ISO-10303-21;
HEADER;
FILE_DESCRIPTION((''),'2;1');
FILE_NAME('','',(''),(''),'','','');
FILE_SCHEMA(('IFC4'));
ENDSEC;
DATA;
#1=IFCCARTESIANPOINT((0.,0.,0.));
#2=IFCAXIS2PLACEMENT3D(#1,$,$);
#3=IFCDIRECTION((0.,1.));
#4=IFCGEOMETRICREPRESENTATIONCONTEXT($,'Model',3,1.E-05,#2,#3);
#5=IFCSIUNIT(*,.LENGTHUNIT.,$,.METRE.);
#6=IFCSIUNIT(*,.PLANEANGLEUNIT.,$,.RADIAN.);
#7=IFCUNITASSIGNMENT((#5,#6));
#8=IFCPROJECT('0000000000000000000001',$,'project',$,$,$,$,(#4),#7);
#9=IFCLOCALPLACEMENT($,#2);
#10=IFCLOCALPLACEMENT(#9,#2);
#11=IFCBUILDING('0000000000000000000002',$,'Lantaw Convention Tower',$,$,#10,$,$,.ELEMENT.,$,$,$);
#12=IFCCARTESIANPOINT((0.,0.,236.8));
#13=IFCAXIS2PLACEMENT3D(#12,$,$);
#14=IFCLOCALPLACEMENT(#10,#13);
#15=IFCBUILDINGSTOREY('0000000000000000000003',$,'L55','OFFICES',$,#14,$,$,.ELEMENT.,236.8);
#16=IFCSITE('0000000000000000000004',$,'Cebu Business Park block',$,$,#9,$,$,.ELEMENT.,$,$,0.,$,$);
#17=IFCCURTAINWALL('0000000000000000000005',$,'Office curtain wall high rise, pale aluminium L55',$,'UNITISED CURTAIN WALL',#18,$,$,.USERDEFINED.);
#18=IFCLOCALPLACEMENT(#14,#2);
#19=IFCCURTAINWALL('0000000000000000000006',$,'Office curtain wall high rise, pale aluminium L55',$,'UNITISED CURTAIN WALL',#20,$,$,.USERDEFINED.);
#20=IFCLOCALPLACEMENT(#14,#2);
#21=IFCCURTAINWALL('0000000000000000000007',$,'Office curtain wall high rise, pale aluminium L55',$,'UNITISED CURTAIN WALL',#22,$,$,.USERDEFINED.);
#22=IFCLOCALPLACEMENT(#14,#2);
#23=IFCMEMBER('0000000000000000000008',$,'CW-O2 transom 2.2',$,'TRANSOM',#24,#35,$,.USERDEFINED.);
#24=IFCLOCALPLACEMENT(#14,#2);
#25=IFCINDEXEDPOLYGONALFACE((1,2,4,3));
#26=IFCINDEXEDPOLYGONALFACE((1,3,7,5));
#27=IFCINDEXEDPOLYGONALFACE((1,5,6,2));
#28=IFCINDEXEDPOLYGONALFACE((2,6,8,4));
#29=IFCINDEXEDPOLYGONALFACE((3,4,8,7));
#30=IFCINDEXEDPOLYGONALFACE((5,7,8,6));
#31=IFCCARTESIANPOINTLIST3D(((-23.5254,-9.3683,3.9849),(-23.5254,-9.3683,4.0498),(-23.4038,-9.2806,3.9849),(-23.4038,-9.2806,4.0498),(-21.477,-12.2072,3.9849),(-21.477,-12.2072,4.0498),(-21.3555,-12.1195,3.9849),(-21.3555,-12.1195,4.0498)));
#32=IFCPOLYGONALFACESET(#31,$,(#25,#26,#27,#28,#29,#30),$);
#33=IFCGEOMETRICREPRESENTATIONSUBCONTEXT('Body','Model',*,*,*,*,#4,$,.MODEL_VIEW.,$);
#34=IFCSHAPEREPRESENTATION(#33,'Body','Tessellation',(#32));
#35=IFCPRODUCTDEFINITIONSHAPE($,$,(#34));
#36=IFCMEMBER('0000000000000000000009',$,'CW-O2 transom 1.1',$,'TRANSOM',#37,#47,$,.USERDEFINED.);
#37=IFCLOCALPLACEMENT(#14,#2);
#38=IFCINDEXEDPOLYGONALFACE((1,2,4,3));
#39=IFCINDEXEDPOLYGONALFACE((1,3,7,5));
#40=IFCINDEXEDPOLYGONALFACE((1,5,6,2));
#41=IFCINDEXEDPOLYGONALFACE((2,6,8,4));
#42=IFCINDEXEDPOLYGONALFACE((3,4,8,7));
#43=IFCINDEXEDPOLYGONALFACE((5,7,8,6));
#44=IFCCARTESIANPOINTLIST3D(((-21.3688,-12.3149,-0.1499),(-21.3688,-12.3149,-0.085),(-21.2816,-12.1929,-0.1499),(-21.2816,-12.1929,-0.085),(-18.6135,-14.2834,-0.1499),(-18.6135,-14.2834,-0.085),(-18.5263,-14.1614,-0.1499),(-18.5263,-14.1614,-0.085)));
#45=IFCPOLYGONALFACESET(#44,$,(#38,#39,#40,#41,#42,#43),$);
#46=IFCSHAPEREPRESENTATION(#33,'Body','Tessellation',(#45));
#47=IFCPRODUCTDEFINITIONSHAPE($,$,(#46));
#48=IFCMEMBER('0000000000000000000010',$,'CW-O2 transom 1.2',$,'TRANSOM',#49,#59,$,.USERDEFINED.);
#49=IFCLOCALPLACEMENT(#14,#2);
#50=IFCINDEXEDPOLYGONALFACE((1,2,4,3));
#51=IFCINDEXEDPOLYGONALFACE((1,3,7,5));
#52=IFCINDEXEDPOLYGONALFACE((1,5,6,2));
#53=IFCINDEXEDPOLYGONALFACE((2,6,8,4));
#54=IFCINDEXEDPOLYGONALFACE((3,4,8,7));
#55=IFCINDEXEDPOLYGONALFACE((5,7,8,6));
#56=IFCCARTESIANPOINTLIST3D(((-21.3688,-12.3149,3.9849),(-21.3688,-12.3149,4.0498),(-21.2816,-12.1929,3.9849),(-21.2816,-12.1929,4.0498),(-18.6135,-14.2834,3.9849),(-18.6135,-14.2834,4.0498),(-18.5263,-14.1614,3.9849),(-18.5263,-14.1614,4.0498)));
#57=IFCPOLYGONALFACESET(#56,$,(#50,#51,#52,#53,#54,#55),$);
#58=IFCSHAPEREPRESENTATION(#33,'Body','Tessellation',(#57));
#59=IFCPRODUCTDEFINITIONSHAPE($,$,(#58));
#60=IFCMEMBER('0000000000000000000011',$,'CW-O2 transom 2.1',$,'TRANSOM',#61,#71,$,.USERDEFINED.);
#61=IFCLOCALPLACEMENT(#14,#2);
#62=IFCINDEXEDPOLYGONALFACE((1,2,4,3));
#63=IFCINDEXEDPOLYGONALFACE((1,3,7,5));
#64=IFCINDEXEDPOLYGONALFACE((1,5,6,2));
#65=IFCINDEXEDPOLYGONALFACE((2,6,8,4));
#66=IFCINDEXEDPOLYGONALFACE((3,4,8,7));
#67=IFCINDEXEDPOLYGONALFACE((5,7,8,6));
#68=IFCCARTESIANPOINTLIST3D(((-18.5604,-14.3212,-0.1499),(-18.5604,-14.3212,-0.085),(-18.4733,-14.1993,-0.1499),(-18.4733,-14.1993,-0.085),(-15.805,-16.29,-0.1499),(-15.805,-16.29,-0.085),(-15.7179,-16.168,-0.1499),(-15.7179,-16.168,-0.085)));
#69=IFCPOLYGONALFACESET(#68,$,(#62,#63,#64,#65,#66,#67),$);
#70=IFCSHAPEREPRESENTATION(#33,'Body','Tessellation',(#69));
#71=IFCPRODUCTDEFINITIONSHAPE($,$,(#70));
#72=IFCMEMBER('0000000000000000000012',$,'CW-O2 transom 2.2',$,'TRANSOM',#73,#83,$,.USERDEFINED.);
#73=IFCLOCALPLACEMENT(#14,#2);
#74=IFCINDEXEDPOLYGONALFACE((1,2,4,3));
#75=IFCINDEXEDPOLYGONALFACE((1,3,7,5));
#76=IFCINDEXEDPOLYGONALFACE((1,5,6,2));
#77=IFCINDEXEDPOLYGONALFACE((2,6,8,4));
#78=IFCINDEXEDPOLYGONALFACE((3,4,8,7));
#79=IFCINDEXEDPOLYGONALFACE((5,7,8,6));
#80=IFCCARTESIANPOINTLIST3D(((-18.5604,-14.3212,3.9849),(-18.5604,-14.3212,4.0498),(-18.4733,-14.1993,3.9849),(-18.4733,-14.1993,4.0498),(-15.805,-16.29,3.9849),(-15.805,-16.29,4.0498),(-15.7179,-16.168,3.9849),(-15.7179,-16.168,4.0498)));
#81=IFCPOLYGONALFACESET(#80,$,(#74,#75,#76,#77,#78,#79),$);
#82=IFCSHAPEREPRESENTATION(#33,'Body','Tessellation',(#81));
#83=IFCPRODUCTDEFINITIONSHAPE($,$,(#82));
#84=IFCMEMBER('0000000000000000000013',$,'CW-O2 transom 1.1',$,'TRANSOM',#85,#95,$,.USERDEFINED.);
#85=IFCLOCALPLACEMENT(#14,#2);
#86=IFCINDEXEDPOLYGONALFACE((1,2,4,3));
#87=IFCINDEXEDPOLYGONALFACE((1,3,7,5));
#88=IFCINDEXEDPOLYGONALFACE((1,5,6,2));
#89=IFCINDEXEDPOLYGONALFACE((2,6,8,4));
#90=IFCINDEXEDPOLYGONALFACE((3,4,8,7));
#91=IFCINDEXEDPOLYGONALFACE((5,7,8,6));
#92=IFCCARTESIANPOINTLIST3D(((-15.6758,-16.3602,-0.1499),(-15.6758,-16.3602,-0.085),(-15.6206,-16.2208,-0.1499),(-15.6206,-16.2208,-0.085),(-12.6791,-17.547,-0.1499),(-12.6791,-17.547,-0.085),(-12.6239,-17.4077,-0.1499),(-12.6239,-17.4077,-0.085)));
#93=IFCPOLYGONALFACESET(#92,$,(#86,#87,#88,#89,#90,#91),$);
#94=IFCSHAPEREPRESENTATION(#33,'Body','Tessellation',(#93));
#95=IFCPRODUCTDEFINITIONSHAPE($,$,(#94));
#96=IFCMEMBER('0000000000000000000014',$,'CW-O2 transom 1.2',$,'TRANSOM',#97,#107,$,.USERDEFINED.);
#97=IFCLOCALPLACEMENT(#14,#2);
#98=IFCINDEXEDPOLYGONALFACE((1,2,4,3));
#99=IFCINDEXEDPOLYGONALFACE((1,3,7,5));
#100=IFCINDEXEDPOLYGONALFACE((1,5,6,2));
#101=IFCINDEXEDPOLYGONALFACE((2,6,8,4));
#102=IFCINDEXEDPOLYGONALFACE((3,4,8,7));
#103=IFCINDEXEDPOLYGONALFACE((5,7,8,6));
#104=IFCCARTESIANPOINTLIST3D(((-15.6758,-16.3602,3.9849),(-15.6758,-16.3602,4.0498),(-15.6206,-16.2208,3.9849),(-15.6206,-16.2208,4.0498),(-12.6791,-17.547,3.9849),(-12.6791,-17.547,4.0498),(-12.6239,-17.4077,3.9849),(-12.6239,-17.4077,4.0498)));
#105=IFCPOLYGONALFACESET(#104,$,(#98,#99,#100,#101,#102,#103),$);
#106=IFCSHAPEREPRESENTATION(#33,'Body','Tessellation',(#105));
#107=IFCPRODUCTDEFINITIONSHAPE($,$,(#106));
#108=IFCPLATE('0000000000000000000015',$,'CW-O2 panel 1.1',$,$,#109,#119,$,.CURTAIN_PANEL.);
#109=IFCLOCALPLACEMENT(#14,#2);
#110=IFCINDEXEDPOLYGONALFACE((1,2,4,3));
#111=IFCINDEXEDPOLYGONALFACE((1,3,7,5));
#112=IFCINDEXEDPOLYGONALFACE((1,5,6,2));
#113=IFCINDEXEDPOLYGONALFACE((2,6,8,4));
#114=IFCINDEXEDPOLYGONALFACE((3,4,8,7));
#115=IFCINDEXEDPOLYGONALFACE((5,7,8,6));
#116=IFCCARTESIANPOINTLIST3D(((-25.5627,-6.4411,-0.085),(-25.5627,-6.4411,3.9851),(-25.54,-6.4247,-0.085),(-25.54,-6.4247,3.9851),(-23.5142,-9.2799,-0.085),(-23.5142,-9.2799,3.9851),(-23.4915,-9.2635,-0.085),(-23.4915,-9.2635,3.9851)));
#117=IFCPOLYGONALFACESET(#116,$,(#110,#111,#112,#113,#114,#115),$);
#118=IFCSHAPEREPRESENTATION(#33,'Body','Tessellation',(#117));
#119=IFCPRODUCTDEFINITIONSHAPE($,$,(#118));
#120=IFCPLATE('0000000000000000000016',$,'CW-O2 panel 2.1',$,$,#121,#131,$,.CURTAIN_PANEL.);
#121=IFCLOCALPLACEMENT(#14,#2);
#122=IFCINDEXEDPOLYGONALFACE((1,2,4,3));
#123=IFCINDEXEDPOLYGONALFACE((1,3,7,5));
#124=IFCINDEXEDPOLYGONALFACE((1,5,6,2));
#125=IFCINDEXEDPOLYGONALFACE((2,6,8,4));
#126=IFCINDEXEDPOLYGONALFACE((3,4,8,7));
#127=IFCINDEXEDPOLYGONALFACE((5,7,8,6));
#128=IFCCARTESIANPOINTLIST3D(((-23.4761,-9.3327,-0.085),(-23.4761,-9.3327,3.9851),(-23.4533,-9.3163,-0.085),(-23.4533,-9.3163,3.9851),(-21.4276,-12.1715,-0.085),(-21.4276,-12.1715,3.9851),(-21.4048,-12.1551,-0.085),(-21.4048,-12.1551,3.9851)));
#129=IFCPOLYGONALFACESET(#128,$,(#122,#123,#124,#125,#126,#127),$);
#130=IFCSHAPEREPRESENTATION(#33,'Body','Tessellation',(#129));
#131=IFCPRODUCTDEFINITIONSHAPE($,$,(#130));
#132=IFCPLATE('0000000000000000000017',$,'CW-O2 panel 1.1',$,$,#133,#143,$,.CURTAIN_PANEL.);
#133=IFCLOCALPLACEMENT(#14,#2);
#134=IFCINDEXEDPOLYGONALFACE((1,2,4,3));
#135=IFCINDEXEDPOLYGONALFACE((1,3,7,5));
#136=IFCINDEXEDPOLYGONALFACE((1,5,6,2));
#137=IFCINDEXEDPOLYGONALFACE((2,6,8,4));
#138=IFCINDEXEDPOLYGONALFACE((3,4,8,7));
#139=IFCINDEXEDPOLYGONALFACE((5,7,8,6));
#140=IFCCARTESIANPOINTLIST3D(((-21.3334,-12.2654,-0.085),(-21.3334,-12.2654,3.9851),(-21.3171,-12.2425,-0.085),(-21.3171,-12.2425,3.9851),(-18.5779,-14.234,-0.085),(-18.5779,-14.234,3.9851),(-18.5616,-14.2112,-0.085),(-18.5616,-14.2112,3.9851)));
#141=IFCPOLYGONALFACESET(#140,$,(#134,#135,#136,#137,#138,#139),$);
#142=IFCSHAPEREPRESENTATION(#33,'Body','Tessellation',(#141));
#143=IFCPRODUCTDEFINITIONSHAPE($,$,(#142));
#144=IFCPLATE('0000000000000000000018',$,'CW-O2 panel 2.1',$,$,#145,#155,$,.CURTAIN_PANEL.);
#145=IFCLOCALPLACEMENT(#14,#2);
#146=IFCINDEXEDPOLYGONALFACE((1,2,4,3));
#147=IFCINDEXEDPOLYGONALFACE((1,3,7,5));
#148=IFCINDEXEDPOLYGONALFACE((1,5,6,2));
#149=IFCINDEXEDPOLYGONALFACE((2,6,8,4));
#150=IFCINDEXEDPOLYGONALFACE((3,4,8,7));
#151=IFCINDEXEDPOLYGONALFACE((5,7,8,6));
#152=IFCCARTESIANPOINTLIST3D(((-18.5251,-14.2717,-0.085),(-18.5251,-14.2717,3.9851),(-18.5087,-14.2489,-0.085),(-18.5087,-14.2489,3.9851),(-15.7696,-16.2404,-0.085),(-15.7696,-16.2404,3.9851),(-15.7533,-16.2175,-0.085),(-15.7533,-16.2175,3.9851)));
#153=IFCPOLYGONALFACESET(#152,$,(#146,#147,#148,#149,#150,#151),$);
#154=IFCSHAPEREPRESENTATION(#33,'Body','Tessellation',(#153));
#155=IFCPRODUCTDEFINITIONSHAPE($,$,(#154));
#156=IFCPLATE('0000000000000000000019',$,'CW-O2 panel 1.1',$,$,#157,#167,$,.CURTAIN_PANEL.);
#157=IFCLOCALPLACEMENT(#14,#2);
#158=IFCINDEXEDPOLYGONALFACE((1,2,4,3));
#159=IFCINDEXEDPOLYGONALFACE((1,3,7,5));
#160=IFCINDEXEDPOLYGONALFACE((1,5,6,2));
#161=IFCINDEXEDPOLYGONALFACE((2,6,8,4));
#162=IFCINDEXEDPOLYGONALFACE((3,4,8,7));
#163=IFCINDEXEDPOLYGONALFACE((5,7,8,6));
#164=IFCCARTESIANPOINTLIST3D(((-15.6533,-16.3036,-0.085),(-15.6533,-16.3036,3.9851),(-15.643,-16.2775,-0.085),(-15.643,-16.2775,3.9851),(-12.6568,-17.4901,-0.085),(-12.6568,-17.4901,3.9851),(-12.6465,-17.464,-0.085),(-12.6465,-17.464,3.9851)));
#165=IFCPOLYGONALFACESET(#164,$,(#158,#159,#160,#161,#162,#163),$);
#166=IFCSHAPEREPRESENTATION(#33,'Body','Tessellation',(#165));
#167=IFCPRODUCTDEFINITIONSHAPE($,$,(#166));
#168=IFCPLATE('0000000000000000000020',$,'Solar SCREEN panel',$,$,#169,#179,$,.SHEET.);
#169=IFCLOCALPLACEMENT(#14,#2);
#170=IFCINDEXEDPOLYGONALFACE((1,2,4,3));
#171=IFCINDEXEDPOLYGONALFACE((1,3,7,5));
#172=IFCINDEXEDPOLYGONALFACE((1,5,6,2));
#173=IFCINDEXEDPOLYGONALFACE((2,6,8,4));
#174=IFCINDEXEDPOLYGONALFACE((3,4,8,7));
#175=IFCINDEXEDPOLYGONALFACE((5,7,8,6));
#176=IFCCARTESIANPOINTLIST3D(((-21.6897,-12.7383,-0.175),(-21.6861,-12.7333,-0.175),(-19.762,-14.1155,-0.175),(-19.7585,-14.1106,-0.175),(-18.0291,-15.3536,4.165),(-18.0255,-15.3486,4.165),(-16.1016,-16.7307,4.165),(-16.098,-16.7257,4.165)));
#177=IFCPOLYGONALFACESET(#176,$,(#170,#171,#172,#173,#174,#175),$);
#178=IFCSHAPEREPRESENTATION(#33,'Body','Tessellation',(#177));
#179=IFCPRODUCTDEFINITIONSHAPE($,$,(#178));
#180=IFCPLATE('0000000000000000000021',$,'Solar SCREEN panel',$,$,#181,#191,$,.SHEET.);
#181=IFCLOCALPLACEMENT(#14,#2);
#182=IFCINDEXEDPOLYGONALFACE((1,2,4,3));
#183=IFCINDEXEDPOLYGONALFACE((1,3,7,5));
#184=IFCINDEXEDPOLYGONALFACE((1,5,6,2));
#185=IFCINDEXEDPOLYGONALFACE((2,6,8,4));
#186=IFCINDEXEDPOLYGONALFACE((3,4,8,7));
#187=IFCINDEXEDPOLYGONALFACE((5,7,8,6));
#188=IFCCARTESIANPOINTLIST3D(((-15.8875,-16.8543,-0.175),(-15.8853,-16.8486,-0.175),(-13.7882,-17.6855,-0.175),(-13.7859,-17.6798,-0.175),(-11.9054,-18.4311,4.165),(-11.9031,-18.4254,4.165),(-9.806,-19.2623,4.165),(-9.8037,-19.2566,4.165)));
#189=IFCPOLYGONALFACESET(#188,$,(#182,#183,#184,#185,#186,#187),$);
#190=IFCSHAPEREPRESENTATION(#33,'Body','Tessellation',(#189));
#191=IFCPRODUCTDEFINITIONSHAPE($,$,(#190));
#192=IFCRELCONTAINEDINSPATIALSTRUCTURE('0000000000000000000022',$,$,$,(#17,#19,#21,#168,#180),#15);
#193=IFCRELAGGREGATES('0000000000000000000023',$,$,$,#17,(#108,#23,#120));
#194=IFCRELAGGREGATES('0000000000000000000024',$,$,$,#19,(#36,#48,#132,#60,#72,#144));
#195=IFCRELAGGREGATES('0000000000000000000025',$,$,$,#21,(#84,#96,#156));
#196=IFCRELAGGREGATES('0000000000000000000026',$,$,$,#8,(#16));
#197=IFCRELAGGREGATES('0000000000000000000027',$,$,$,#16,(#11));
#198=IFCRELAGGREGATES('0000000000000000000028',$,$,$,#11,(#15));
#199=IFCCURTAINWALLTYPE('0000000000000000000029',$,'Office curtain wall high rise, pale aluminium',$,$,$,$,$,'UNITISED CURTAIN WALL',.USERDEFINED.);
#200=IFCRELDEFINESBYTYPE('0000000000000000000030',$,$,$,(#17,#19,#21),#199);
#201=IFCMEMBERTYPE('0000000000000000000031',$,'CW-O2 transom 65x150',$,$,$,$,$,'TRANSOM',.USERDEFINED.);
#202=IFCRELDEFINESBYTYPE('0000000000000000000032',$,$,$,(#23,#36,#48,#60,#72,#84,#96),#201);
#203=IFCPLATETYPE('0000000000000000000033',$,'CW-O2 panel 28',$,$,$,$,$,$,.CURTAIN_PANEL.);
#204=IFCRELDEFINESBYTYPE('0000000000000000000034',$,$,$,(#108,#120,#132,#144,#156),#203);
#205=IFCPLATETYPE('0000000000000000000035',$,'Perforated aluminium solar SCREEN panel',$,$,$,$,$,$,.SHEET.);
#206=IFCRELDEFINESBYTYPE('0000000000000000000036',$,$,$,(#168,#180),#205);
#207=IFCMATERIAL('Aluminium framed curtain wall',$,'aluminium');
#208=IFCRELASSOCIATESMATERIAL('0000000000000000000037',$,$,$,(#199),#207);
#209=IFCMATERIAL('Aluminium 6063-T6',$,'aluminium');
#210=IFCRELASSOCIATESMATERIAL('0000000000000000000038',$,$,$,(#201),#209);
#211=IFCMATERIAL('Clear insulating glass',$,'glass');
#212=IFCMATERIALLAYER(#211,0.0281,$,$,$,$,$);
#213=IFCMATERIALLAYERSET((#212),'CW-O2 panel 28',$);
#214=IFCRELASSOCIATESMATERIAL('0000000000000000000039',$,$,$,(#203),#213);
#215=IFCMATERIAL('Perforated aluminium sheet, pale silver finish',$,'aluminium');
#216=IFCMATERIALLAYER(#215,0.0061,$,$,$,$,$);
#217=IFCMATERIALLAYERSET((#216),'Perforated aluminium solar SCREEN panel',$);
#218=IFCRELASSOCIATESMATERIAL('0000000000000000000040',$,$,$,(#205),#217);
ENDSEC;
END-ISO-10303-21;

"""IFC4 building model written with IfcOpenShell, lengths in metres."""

from ifc_helpers import new_model, si_unit, direction, frame, origin, origin_2d, place, context, subcontext, project, spatial, polyline, rectangle, outline, extrude, material, layer, layer_set, material_profile, profile_set, type_object, element, aggregate, save


model = new_model("IFC4")

# Units and contexts
model_context = context("Model", 3, precision=1e-05, world=origin(), true_north=direction((0.0, 1.0)))
body_context = subcontext(model_context, "Body", "Model", "MODEL_VIEW")
ifc_project = project(units=[si_unit("LENGTHUNIT", "METRE"), si_unit("PLANEANGLEUNIT", "RADIAN")], contexts=[model_context])

# Site, building, storey
site_placement = place(None, origin())
site = spatial("IfcSite", under=ifc_project, at=site_placement, Name="Cebu Business Park block", CompositionType="ELEMENT", RefElevation=0.0)
building_placement = place(site_placement, origin())
building = spatial("IfcBuilding", under=site, at=building_placement, Name="Lantaw Convention Tower", CompositionType="ELEMENT")
storey_placement = place(building_placement, frame((0.0, 0.0, 236.8)))
storey = spatial("IfcBuildingStorey", under=building, at=storey_placement, Name="L55", Description="OFFICES", CompositionType="ELEMENT", Elevation=236.8)

# Curtain walls
ifc_material_1 = material(Name="Aluminium framed curtain wall", Category="aluminium")
curtain_wall_type = type_object("IfcCurtainWallType", Name="Office curtain wall high rise, pale aluminium", ElementType="UNITISED CURTAIN WALL", PredefinedType="USERDEFINED", material=ifc_material_1)
curtain_wall_1_placement = place(storey_placement, origin())
curtain_wall_1 = element("IfcCurtainWall", 1, at=curtain_wall_1_placement, inside=storey, type_object=curtain_wall_type, Name="Office curtain wall high rise, pale aluminium L55", ObjectType="UNITISED CURTAIN WALL", PredefinedType="USERDEFINED")
ifc_material_2 = material(Name="Aluminium 6063-T6", Category="aluminium")
curtain_wall_2_placement = place(storey_placement, origin())
curtain_wall_2 = element("IfcCurtainWall", 2, at=curtain_wall_2_placement, inside=storey, type_object=curtain_wall_type, Name="Office curtain wall high rise, pale aluminium L55", ObjectType="UNITISED CURTAIN WALL", PredefinedType="USERDEFINED")

# Curtain wall
curtain_wall_3_placement = place(storey_placement, origin())
curtain_wall_3 = element("IfcCurtainWall", 3, at=curtain_wall_3_placement, inside=storey, type_object=curtain_wall_type, Name="Office curtain wall high rise, pale aluminium L55", ObjectType="UNITISED CURTAIN WALL", PredefinedType="USERDEFINED")

# Members
ifc_material_profile_1 = material_profile(ifc_material_2, rectangle(XDim=0.1499, YDim=0.0649, at=origin_2d()), Name="CW-O2 transom 65x150")
ifc_profile_set_1 = profile_set([ifc_material_profile_1], Name="Aluminium 6063-T6")
member_type_1 = type_object("IfcMemberType", Name="CW-O2 transom 65x150", ElementType="TRANSOM", PredefinedType="USERDEFINED", material=ifc_profile_set_1)
member_1_placement = place(storey_placement, frame((-23.4646, -9.3245, 4.0173), z_axis=(0.585124, -0.810944, 0.0), x_axis=(0.810944, 0.585124, 0.0)))
member_1 = element("IfcMember", 4, at=member_1_placement, type_object=member_type_1, Name="CW-O2 transom 2.2", ObjectType="TRANSOM", PredefinedType="USERDEFINED", context=body_context, shape_type="SweptSolid", body=[
    extrude(rectangle(XDim=0.1499, YDim=0.0649, at=origin_2d()), origin(), (0.0, 0.0, 1.0), 3.5007),
])
member_2_placement = place(storey_placement, frame((-21.3252, -12.2539, -0.1174), z_axis=(0.81368, -0.581313, 0.0), x_axis=(0.581313, 0.81368, 0.0)))
member_2 = element("IfcMember", 5, at=member_2_placement, type_object=member_type_1, Name="CW-O2 transom 1.1", ObjectType="TRANSOM", PredefinedType="USERDEFINED", context=body_context, shape_type="SweptSolid", body=[
    extrude(rectangle(XDim=0.1499, YDim=0.0649, at=origin_2d()), origin(), (0.0, 0.0, 1.0), 3.3862),
])
member_3_placement = place(storey_placement, frame((-21.3252, -12.2539, 4.0173), z_axis=(0.81368, -0.581313, 0.0), x_axis=(0.581313, 0.81368, 0.0)))
member_3 = element("IfcMember", 6, at=member_3_placement, type_object=member_type_1, Name="CW-O2 transom 1.2", ObjectType="TRANSOM", PredefinedType="USERDEFINED", context=body_context, shape_type="SweptSolid", body=[
    extrude(rectangle(XDim=0.1499, YDim=0.0649, at=origin_2d()), origin(), (0.0, 0.0, 1.0), 3.3862),
])
member_4_placement = place(storey_placement, frame((-18.5168, -14.2603, -0.1174), z_axis=(0.813646, -0.581361, 0.0), x_axis=(0.581361, 0.813646, 0.0)))
member_4 = element("IfcMember", 7, at=member_4_placement, type_object=member_type_1, Name="CW-O2 transom 2.1", ObjectType="TRANSOM", PredefinedType="USERDEFINED", context=body_context, shape_type="SweptSolid", body=[
    extrude(rectangle(XDim=0.1499, YDim=0.0649, at=origin_2d()), origin(), (0.0, 0.0, 1.0), 3.3865),
])
member_5_placement = place(storey_placement, frame((-18.5168, -14.2603, 4.0173), z_axis=(0.813646, -0.581361, 0.0), x_axis=(0.581361, 0.813646, 0.0)))
member_5 = element("IfcMember", 8, at=member_5_placement, type_object=member_type_1, Name="CW-O2 transom 2.2", ObjectType="TRANSOM", PredefinedType="USERDEFINED", context=body_context, shape_type="SweptSolid", body=[
    extrude(rectangle(XDim=0.1499, YDim=0.0649, at=origin_2d()), origin(), (0.0, 0.0, 1.0), 3.3865),
])
member_6_placement = place(storey_placement, frame((-15.6482, -16.2905, -0.1174), z_axis=(0.929741, -0.368215, 0.0), x_axis=(0.368215, 0.929741, 0.0)))
member_6 = element("IfcMember", 9, at=member_6_placement, type_object=member_type_1, Name="CW-O2 transom 1.1", ObjectType="TRANSOM", PredefinedType="USERDEFINED", context=body_context, shape_type="SweptSolid", body=[
    extrude(rectangle(XDim=0.1499, YDim=0.0649, at=origin_2d()), origin(), (0.0, 0.0, 1.0), 3.2231),
])
member_7_placement = place(storey_placement, frame((-15.6482, -16.2905, 4.0173), z_axis=(0.929741, -0.368215, 0.0), x_axis=(0.368215, 0.929741, 0.0)))
member_7 = element("IfcMember", 10, at=member_7_placement, type_object=member_type_1, Name="CW-O2 transom 1.2", ObjectType="TRANSOM", PredefinedType="USERDEFINED", context=body_context, shape_type="SweptSolid", body=[
    extrude(rectangle(XDim=0.1499, YDim=0.0649, at=origin_2d()), origin(), (0.0, 0.0, 1.0), 3.2231),
])

# Plates
ifc_material_3 = material(Name="Clear insulating glass", Category="glass")
ifc_layer_1 = layer(ifc_material_3, 0.0281)
ifc_layer_set_1 = layer_set([ifc_layer_1], Name="CW-O2 panel 28")
plate_type_1 = type_object("IfcPlateType", Name="CW-O2 panel 28", PredefinedType="CURTAIN_PANEL", material=ifc_layer_set_1)
plate_1_placement = place(storey_placement, frame((-24.5271, -7.8523, -0.085), z_axis=(0.0, 0.0, 1.0), x_axis=(0.585158, -0.81092, 0.0)))
plate_1 = element("IfcPlate", 11, at=plate_1_placement, type_object=plate_type_1, Name="CW-O2 panel 1.1", PredefinedType="CURTAIN_PANEL", context=body_context, shape_type="SweptSolid", body=[
    extrude(rectangle(XDim=3.5007, YDim=0.0281, at=origin_2d()), origin(), (0.0, 0.0, 1.0), 4.0701),
])
plate_2_placement = place(storey_placement, frame((-22.4404, -10.7439, -0.085), z_axis=(0.0, 0.0, 1.0), x_axis=(0.585158, -0.81092, 0.0)))
plate_2 = element("IfcPlate", 12, at=plate_2_placement, type_object=plate_type_1, Name="CW-O2 panel 2.1", PredefinedType="CURTAIN_PANEL", context=body_context, shape_type="SweptSolid", body=[
    extrude(rectangle(XDim=3.5007, YDim=0.0281, at=origin_2d()), origin(), (0.0, 0.0, 1.0), 4.0701),
])
aggregate(curtain_wall_1, [plate_1, member_1, plate_2])
plate_3_placement = place(storey_placement, frame((-19.9475, -13.2383, -0.085), z_axis=(0.0, 0.0, 1.0), x_axis=(0.813673, -0.581323, 0.0)))
plate_3 = element("IfcPlate", 13, at=plate_3_placement, type_object=plate_type_1, Name="CW-O2 panel 1.1", PredefinedType="CURTAIN_PANEL", context=body_context, shape_type="SweptSolid", body=[
    extrude(rectangle(XDim=3.3865, YDim=0.0281, at=origin_2d()), origin(), (0.0, 0.0, 1.0), 4.0701),
])
plate_4_placement = place(storey_placement, frame((-17.1392, -15.2446, -0.085), z_axis=(0.0, 0.0, 1.0), x_axis=(0.813673, -0.581323, 0.0)))
plate_4 = element("IfcPlate", 14, at=plate_4_placement, type_object=plate_type_1, Name="CW-O2 panel 2.1", PredefinedType="CURTAIN_PANEL", context=body_context, shape_type="SweptSolid", body=[
    extrude(rectangle(XDim=3.3865, YDim=0.0281, at=origin_2d()), origin(), (0.0, 0.0, 1.0), 4.0701),
])
aggregate(curtain_wall_2, [member_2, member_3, plate_3, member_4, member_5, plate_4])
plate_5_placement = place(storey_placement, frame((-14.1499, -16.8838, -0.085), z_axis=(0.0, 0.0, 1.0), x_axis=(0.929762, -0.368162, 0.0)))
plate_5 = element("IfcPlate", 15, at=plate_5_placement, type_object=plate_type_1, Name="CW-O2 panel 1.1", PredefinedType="CURTAIN_PANEL", context=body_context, shape_type="SweptSolid", body=[
    extrude(rectangle(XDim=3.2229, YDim=0.0281, at=origin_2d()), origin(), (0.0, 0.0, 1.0), 4.0701),
])
aggregate(curtain_wall_3, [member_6, member_7, plate_5])

# Plates
ifc_material_4 = material(Name="Perforated aluminium sheet, pale silver finish", Category="aluminium")
ifc_layer_2 = layer(ifc_material_4, 0.0061)
ifc_layer_set_2 = layer_set([ifc_layer_2], Name="Perforated aluminium solar SCREEN panel")
plate_type_2 = type_object("IfcPlateType", Name="Perforated aluminium solar SCREEN panel", PredefinedType="SHEET", material=ifc_layer_set_2)
plate_6_placement = place(storey_placement, frame((-21.6897, -12.7383, -0.175), z_axis=(-0.581331, -0.813667, 0.00001), x_axis=(0.813667, -0.581331, 0.0)))
element("IfcPlate", 16, at=plate_6_placement, inside=storey, type_object=plate_type_2, Name="Solar SCREEN panel", PredefinedType="SHEET", context=body_context, shape_type="SweptSolid", body=[
    extrude(outline(polyline([(0.0, 0.0), (2.3691, 0.0), (6.8678, 4.3401), (4.4989, 4.3401), (0.0, 0.0)])), origin(), (0.0, 0.0, -1.0), 0.0061),
])
plate_7_placement = place(storey_placement, frame((-15.8853, -16.8486, -0.175), z_axis=(0.368117, 0.92978, 0.000036), x_axis=(0.92978, -0.368117, 0.0)))
element("IfcPlate", 17, at=plate_7_placement, inside=storey, type_object=plate_type_2, Name="Solar SCREEN panel", PredefinedType="SHEET", context=body_context, shape_type="SweptSolid", body=[
    extrude(outline(polyline([(0.0, 0.0), (2.2579, 0.0), (6.5409, -4.3401), (4.2829, -4.3401), (0.0, 0.0)])), origin(), (0.0, 0.0, -1.0), 0.0061),
])

save(model, "model.ifc")
